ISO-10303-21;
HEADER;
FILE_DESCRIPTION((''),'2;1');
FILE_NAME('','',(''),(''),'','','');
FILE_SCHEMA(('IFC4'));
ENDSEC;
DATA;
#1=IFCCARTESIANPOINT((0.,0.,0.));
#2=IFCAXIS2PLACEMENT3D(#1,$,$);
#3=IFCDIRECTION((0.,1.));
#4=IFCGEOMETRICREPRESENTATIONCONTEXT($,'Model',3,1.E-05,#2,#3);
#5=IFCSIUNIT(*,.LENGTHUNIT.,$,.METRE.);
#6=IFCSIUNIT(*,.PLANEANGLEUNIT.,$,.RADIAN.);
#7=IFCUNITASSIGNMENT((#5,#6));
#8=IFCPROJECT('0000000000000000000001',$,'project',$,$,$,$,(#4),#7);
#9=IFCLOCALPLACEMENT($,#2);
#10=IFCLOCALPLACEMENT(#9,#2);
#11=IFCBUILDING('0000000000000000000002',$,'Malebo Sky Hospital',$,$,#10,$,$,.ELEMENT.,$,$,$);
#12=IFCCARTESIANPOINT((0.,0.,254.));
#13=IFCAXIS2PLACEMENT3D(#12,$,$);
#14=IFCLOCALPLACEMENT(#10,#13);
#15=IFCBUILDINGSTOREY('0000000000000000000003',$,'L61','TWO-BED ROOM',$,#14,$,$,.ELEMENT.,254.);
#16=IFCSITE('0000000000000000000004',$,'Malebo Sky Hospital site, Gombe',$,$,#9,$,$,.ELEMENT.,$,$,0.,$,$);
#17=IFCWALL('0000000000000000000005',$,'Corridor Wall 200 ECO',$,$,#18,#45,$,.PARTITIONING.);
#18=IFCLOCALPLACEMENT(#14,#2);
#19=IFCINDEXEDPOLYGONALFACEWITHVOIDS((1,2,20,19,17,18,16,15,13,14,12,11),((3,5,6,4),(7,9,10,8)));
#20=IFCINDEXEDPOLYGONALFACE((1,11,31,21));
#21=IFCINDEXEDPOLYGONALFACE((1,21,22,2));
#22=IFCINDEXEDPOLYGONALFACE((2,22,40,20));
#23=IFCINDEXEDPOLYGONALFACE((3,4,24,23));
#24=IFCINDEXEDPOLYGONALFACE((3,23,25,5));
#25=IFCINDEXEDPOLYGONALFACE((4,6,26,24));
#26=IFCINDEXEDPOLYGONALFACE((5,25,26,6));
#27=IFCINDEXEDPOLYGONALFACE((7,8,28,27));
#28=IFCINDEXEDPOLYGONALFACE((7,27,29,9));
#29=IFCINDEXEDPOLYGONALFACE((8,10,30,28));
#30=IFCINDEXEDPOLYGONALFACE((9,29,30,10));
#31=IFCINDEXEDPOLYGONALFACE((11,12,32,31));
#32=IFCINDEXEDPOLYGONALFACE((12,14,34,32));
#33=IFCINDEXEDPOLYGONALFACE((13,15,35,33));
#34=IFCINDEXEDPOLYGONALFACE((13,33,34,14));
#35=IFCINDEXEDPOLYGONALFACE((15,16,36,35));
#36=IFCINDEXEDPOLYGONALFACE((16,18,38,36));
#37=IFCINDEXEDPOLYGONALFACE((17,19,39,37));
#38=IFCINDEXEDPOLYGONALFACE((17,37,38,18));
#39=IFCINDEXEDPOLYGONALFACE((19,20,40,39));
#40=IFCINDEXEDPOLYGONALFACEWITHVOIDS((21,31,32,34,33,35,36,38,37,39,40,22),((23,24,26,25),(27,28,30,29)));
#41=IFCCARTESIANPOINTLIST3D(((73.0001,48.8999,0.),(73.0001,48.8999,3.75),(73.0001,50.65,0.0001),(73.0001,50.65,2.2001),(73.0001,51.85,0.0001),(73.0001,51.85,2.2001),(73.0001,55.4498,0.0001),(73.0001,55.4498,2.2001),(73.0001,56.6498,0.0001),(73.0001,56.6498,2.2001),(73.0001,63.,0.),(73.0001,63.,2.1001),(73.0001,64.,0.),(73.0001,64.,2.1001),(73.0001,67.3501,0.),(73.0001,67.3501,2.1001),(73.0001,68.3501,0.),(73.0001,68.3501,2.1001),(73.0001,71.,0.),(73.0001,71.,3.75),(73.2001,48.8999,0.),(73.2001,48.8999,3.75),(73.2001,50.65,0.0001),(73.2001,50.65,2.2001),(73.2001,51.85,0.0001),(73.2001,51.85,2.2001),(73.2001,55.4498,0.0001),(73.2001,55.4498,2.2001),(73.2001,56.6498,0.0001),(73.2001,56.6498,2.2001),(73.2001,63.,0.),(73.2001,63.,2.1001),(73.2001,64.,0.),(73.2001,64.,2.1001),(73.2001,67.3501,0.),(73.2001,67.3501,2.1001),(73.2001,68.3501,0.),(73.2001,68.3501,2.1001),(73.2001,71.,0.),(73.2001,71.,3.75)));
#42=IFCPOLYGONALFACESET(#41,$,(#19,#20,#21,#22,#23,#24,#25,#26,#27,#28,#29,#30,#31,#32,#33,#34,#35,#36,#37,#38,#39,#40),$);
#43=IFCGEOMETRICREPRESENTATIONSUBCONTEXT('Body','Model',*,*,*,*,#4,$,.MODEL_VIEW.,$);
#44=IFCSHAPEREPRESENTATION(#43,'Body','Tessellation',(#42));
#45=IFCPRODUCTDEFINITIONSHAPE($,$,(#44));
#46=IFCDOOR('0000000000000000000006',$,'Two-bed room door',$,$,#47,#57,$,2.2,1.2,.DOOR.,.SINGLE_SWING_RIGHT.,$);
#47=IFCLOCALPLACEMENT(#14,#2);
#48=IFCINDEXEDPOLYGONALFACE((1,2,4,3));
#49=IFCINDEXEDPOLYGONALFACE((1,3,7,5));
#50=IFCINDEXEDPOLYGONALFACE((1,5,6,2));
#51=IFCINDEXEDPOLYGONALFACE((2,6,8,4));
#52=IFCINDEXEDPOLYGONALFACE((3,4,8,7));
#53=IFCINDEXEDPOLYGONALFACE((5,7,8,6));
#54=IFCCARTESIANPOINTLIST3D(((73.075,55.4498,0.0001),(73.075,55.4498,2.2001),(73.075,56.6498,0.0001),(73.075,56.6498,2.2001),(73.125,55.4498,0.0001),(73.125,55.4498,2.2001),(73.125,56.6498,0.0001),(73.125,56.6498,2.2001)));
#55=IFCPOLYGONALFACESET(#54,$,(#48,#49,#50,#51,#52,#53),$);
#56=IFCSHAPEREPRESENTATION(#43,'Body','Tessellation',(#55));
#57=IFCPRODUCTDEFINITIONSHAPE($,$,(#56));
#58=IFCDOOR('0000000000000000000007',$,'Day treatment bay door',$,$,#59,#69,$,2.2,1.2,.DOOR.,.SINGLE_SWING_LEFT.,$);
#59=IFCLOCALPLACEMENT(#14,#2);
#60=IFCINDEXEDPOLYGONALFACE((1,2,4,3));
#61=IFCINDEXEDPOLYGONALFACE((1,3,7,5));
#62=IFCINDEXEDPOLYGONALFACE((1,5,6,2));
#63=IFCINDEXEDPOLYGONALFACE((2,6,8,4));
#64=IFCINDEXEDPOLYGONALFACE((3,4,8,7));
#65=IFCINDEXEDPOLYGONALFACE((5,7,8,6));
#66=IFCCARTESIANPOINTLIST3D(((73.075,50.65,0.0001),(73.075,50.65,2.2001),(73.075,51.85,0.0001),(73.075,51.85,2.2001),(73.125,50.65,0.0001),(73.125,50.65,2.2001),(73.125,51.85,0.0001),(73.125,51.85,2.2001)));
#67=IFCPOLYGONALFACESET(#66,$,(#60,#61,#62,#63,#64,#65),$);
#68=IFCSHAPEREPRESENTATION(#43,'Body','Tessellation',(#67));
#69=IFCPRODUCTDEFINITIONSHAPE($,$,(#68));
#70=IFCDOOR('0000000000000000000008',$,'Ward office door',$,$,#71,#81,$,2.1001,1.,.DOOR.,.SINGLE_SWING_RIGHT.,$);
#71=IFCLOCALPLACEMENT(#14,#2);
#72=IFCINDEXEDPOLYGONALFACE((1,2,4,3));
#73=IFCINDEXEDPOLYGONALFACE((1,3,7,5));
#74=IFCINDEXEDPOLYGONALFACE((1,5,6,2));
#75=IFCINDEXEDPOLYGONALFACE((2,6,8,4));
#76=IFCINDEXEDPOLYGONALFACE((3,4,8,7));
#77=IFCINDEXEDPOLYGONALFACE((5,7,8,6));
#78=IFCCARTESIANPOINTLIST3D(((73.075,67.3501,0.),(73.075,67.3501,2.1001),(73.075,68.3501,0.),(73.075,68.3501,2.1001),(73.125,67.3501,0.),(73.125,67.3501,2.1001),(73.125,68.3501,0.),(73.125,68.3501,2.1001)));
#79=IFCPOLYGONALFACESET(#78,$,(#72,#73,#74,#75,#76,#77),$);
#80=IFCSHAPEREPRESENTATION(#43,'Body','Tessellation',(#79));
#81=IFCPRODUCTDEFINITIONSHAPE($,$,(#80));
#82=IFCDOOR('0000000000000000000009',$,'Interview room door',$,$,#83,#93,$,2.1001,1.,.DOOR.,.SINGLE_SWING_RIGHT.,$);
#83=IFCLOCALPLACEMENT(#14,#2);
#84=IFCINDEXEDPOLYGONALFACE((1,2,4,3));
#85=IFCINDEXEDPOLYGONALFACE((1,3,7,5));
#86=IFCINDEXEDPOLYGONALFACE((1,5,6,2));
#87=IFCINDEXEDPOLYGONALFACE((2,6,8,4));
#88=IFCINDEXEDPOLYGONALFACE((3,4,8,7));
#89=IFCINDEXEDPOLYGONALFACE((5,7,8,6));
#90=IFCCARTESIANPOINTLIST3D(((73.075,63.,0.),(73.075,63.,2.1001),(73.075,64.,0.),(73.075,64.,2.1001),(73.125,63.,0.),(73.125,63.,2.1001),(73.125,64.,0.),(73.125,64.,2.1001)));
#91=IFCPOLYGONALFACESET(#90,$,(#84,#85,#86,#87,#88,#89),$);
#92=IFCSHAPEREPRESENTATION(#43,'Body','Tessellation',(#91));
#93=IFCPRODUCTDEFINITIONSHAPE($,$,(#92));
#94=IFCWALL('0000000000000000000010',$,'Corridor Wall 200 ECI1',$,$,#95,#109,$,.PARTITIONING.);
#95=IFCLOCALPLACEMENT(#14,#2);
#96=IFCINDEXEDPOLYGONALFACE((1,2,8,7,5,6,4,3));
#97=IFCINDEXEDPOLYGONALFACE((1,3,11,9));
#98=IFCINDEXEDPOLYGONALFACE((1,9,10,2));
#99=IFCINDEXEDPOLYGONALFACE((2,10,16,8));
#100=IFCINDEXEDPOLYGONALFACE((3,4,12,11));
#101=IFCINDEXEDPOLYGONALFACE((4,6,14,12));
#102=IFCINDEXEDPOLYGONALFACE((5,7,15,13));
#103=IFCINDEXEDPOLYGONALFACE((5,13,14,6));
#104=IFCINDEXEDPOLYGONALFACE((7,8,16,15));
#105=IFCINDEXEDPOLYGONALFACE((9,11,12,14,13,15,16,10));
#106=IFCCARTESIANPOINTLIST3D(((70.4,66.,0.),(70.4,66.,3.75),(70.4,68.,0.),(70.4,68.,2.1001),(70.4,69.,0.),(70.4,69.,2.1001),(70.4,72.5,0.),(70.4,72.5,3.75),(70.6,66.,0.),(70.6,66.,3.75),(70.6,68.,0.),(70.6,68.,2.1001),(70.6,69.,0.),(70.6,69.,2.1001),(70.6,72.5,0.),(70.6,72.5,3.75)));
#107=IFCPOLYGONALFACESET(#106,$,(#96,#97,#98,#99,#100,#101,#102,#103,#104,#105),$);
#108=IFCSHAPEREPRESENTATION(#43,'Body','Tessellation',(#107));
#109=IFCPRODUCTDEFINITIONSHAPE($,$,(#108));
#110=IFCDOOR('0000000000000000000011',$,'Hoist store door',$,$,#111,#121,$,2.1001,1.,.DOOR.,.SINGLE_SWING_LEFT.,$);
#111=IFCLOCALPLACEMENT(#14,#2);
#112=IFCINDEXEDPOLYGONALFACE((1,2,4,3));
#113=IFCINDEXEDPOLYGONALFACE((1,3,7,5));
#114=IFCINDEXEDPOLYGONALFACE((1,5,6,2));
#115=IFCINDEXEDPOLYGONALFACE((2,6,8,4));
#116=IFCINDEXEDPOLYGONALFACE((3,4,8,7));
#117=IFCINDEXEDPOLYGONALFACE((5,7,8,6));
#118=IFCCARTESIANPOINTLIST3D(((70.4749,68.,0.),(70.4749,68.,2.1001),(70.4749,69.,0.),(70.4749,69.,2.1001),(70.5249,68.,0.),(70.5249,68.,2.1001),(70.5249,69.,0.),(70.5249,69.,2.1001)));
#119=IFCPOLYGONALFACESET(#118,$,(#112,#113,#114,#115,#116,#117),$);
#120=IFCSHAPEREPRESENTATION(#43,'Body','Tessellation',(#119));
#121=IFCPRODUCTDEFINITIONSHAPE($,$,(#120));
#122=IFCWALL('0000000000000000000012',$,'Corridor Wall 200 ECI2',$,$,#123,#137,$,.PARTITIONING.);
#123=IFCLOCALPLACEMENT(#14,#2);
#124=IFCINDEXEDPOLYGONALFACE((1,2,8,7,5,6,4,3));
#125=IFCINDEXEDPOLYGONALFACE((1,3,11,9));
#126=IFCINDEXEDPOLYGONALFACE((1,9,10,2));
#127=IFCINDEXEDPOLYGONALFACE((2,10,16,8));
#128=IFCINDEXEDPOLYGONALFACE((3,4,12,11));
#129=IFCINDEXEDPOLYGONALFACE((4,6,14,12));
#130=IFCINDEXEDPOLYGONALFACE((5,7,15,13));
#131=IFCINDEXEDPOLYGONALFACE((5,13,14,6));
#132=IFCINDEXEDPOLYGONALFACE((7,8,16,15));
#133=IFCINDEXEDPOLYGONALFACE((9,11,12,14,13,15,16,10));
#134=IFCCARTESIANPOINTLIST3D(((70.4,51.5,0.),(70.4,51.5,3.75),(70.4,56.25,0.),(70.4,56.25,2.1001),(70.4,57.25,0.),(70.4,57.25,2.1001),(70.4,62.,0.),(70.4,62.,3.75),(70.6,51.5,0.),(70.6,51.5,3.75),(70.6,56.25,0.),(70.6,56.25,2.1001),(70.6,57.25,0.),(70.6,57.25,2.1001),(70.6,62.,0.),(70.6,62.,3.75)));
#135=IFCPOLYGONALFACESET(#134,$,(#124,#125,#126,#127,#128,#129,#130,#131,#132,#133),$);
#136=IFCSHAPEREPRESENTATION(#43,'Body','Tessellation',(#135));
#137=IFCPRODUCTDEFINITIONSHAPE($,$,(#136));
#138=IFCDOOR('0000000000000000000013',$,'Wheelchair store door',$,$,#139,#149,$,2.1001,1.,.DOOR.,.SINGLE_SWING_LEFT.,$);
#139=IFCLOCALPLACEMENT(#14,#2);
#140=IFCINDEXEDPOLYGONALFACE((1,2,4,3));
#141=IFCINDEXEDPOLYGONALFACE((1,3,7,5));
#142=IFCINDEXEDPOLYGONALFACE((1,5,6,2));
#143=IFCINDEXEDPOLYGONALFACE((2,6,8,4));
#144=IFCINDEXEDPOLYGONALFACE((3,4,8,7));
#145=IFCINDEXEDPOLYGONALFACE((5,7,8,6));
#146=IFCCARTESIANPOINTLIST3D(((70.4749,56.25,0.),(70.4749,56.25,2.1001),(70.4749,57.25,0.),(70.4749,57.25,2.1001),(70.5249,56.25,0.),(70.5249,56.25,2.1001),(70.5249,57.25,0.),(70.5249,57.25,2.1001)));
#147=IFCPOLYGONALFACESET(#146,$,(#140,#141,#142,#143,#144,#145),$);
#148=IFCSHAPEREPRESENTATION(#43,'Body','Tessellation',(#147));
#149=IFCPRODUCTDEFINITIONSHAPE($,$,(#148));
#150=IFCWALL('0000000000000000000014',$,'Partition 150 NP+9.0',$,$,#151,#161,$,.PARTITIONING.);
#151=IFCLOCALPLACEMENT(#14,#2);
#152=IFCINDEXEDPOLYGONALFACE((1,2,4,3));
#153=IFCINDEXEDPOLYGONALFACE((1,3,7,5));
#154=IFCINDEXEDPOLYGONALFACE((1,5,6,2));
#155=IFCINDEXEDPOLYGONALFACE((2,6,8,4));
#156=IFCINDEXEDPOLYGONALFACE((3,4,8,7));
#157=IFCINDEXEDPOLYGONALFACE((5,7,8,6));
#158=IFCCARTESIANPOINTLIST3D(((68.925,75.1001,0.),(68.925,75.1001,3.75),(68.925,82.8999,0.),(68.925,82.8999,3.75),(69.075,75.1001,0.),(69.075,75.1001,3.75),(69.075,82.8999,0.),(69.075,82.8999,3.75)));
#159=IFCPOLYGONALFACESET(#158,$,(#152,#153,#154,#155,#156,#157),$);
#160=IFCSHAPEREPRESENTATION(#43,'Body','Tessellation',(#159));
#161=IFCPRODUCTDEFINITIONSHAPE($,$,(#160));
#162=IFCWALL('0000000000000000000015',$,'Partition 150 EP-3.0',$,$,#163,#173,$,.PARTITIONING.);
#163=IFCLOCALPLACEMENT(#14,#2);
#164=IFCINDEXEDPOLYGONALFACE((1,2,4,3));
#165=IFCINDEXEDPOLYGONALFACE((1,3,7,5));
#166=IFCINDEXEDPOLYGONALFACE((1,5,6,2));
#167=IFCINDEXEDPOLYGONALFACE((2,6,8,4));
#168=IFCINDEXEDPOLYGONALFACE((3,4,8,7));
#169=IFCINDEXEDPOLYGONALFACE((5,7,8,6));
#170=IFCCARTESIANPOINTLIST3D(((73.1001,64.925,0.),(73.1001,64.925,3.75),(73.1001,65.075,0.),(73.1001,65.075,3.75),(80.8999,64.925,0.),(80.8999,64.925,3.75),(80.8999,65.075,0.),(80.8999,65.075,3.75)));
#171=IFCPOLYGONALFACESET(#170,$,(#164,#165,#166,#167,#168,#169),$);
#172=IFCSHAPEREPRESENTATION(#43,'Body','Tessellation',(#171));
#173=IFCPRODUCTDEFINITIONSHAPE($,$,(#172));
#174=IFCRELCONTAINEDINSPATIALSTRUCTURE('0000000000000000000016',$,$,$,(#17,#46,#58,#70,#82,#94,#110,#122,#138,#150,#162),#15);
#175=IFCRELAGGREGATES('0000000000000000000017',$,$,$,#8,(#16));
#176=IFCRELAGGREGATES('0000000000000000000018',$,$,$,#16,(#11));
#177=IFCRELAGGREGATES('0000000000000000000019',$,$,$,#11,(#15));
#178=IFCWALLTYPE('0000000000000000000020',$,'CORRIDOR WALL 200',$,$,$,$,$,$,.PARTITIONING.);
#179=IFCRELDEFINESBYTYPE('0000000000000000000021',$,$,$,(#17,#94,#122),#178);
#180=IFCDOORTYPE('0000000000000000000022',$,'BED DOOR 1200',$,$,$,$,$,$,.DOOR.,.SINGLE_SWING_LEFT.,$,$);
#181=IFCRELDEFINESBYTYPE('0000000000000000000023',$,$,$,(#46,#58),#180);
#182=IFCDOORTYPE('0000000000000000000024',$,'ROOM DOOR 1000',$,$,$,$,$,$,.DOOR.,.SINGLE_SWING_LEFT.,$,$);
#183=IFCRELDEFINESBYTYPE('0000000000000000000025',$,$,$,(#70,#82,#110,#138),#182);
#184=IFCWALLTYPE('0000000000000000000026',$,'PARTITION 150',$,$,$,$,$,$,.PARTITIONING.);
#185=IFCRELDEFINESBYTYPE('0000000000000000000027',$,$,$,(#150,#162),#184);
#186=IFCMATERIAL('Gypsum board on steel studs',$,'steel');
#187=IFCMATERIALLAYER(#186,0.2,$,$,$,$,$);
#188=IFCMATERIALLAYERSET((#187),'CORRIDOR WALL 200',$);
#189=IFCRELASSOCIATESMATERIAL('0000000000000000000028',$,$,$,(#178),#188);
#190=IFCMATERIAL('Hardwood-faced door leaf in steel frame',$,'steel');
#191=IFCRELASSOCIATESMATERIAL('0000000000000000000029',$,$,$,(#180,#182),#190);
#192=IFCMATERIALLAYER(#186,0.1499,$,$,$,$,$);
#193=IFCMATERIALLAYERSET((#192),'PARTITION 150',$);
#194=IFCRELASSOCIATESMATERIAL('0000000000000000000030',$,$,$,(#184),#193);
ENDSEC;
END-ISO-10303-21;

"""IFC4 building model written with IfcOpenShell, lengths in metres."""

from ifc_helpers import new_model, si_unit, direction, frame, frame_2d, origin, place, context, subcontext, project, spatial, rectangle, extrude, material, layer, layer_set, type_object, element, fill, save


model = new_model("IFC4")

# Units and contexts
model_context = context("Model", 3, precision=1e-05, world=origin(), true_north=direction((0.0, 1.0)))
body_context = subcontext(model_context, "Body", "Model", "MODEL_VIEW")
ifc_project = project(units=[si_unit("LENGTHUNIT", "METRE"), si_unit("PLANEANGLEUNIT", "RADIAN")], contexts=[model_context])

# Site, building, storey
site_placement = place(None, origin())
site = spatial("IfcSite", under=ifc_project, at=site_placement, Name="Malebo Sky Hospital site, Gombe", CompositionType="ELEMENT", RefElevation=0.0)
building_placement = place(site_placement, origin())
building = spatial("IfcBuilding", under=site, at=building_placement, Name="Malebo Sky Hospital", CompositionType="ELEMENT")
storey_placement = place(building_placement, frame((0.0, 0.0, 254.0)))
storey = spatial("IfcBuildingStorey", under=building, at=storey_placement, Name="L61", Description="TWO-BED ROOM", CompositionType="ELEMENT", Elevation=254.0)

# Wall, openings, doors
ifc_material_1 = material(Name="Gypsum board on steel studs", Category="steel")
ifc_layer_1 = layer(ifc_material_1, 0.2)
ifc_layer_set_1 = layer_set([ifc_layer_1], Name="CORRIDOR WALL 200")
wall_type_1 = type_object("IfcWallType", Name="CORRIDOR WALL 200", PredefinedType="PARTITIONING", material=ifc_layer_set_1)
wall_1_placement = place(storey_placement, frame((73.1001, 71.0, 0.0), z_axis=(0.0, 0.0, 1.0), x_axis=(0.0, -1.0, 0.0)))
wall_1 = element("IfcWall", 1, at=wall_1_placement, inside=storey, type_object=wall_type_1, Name="Corridor Wall 200 ECO", PredefinedType="PARTITIONING", context=body_context, shape_type="SweptSolid", body=[
    extrude(rectangle(XDim=22.1001, YDim=0.2, at=frame_2d((11.05, 0.0))), origin(), (0.0, 0.0, 1.0), 3.75),
])
opening_1_placement = place(wall_1_placement, frame((2.6499, 0.0, 0.0)))
opening_1 = element("IfcOpeningElement", 2, at=opening_1_placement, cuts=wall_1, PredefinedType="OPENING", context=body_context, shape_type="SweptSolid", body=[
    extrude(rectangle(XDim=1.0, YDim=2.1001, at=frame_2d((0.5, 1.05))), frame((0.0, 0.1099, 0.0), z_axis=(0.0, -1.0, 0.0), x_axis=(1.0, 0.0, 0.0)), (0.0, 0.0, 1.0), 0.22),
])
opening_2_placement = place(wall_1_placement, frame((7.0, 0.0, 0.0)))
opening_2 = element("IfcOpeningElement", 3, at=opening_2_placement, cuts=wall_1, PredefinedType="OPENING", context=body_context, shape_type="SweptSolid", body=[
    extrude(rectangle(XDim=1.0, YDim=2.1001, at=frame_2d((0.5, 1.05))), frame((0.0, 0.1099, 0.0), z_axis=(0.0, -1.0, 0.0), x_axis=(1.0, 0.0, 0.0)), (0.0, 0.0, 1.0), 0.22),
])
opening_3_placement = place(wall_1_placement, frame((14.3501, 0.0, 0.0)))
opening_3 = element("IfcOpeningElement", 4, at=opening_3_placement, cuts=wall_1, PredefinedType="OPENING", context=body_context, shape_type="SweptSolid", body=[
    extrude(rectangle(XDim=1.2, YDim=2.2, at=frame_2d((0.6001, 1.1001))), frame((0.0, 0.1099, 0.0), z_axis=(0.0, -1.0, 0.0), x_axis=(1.0, 0.0, 0.0)), (0.0, 0.0, 1.0), 0.22),
])
opening_4_placement = place(wall_1_placement, frame((19.1499, 0.0, 0.0)))
opening_4 = element("IfcOpeningElement", 5, at=opening_4_placement, cuts=wall_1, PredefinedType="OPENING", context=body_context, shape_type="SweptSolid", body=[
    extrude(rectangle(XDim=1.2, YDim=2.2, at=frame_2d((0.6001, 1.1001))), frame((0.0, 0.1099, 0.0), z_axis=(0.0, -1.0, 0.0), x_axis=(1.0, 0.0, 0.0)), (0.0, 0.0, 1.0), 0.22),
])
ifc_material_2 = material(Name="Hardwood-faced door leaf in steel frame", Category="steel")
door_type_1 = type_object("IfcDoorType", Name="BED DOOR 1200", OperationType="SINGLE_SWING_LEFT", PredefinedType="DOOR", material=ifc_material_2)
door_1_placement = place(opening_3_placement, origin())
door_1 = element("IfcDoor", 6, at=door_1_placement, inside=storey, type_object=door_type_1, Name="Two-bed room door", OperationType="SINGLE_SWING_RIGHT", OverallHeight=2.2, OverallWidth=1.2, PredefinedType="DOOR", context=body_context, shape_type="SweptSolid", body=[
    extrude(rectangle(XDim=1.2, YDim=2.2, at=frame_2d((0.6001, 1.1001))), frame((0.0, 0.0249, 0.0), z_axis=(0.0, -1.0, 0.0), x_axis=(1.0, 0.0, 0.0)), (0.0, 0.0, 1.0), 0.05),
])
fill(opening_3, door_1)
door_2_placement = place(opening_4_placement, origin())
door_2 = element("IfcDoor", 7, at=door_2_placement, inside=storey, type_object=door_type_1, Name="Day treatment bay door", OperationType="SINGLE_SWING_LEFT", OverallHeight=2.2, OverallWidth=1.2, PredefinedType="DOOR", context=body_context, shape_type="SweptSolid", body=[
    extrude(rectangle(XDim=1.2, YDim=2.2, at=frame_2d((0.6001, 1.1001))), frame((0.0, 0.0249, 0.0), z_axis=(0.0, -1.0, 0.0), x_axis=(1.0, 0.0, 0.0)), (0.0, 0.0, 1.0), 0.05),
])
fill(opening_4, door_2)
door_type_2 = type_object("IfcDoorType", Name="ROOM DOOR 1000", OperationType="SINGLE_SWING_LEFT", PredefinedType="DOOR", material=ifc_material_2)
door_3_placement = place(opening_1_placement, origin())
door_3 = element("IfcDoor", 8, at=door_3_placement, inside=storey, type_object=door_type_2, Name="Ward office door", OperationType="SINGLE_SWING_RIGHT", OverallHeight=2.1001, OverallWidth=1.0, PredefinedType="DOOR", context=body_context, shape_type="SweptSolid", body=[
    extrude(rectangle(XDim=1.0, YDim=2.1001, at=frame_2d((0.5, 1.05))), frame((0.0, 0.0249, 0.0), z_axis=(0.0, -1.0, 0.0), x_axis=(1.0, 0.0, 0.0)), (0.0, 0.0, 1.0), 0.05),
])
fill(opening_1, door_3)
door_4_placement = place(opening_2_placement, origin())
door_4 = element("IfcDoor", 9, at=door_4_placement, inside=storey, type_object=door_type_2, Name="Interview room door", OperationType="SINGLE_SWING_RIGHT", OverallHeight=2.1001, OverallWidth=1.0, PredefinedType="DOOR", context=body_context, shape_type="SweptSolid", body=[
    extrude(rectangle(XDim=1.0, YDim=2.1001, at=frame_2d((0.5, 1.05))), frame((0.0, 0.0249, 0.0), z_axis=(0.0, -1.0, 0.0), x_axis=(1.0, 0.0, 0.0)), (0.0, 0.0, 1.0), 0.05),
])
fill(opening_2, door_4)

# Walls, openings, doors
wall_2_placement = place(storey_placement, frame((70.5, 72.5, 0.0), z_axis=(0.0, 0.0, 1.0), x_axis=(0.0, -1.0, 0.0)))
wall_2 = element("IfcWall", 10, at=wall_2_placement, inside=storey, type_object=wall_type_1, Name="Corridor Wall 200 ECI1", PredefinedType="PARTITIONING", context=body_context, shape_type="SweptSolid", body=[
    extrude(rectangle(XDim=6.5, YDim=0.2, at=frame_2d((3.25, 0.0))), origin(), (0.0, 0.0, 1.0), 3.75),
])
opening_5_placement = place(wall_2_placement, frame((3.5, 0.0, 0.0)))
opening_5 = element("IfcOpeningElement", 11, at=opening_5_placement, cuts=wall_2, PredefinedType="OPENING", context=body_context, shape_type="SweptSolid", body=[
    extrude(rectangle(XDim=1.0, YDim=2.1001, at=frame_2d((0.5, 1.05))), frame((0.0, 0.1099, 0.0), z_axis=(0.0, -1.0, 0.0), x_axis=(1.0, 0.0, 0.0)), (0.0, 0.0, 1.0), 0.22),
])
door_5_placement = place(opening_5_placement, origin())
door_5 = element("IfcDoor", 12, at=door_5_placement, inside=storey, type_object=door_type_2, Name="Hoist store door", OperationType="SINGLE_SWING_LEFT", OverallHeight=2.1001, OverallWidth=1.0, PredefinedType="DOOR", context=body_context, shape_type="SweptSolid", body=[
    extrude(rectangle(XDim=1.0, YDim=2.1001, at=frame_2d((0.5, 1.05))), frame((0.0, 0.0249, 0.0), z_axis=(0.0, -1.0, 0.0), x_axis=(1.0, 0.0, 0.0)), (0.0, 0.0, 1.0), 0.05),
])
fill(opening_5, door_5)
wall_3_placement = place(storey_placement, frame((70.5, 62.0, 0.0), z_axis=(0.0, 0.0, 1.0), x_axis=(0.0, -1.0, 0.0)))
wall_3 = element("IfcWall", 13, at=wall_3_placement, inside=storey, type_object=wall_type_1, Name="Corridor Wall 200 ECI2", PredefinedType="PARTITIONING", context=body_context, shape_type="SweptSolid", body=[
    extrude(rectangle(XDim=10.5, YDim=0.2, at=frame_2d((5.25, 0.0))), origin(), (0.0, 0.0, 1.0), 3.75),
])
opening_6_placement = place(wall_3_placement, frame((4.75, 0.0, 0.0)))
opening_6 = element("IfcOpeningElement", 14, at=opening_6_placement, cuts=wall_3, PredefinedType="OPENING", context=body_context, shape_type="SweptSolid", body=[
    extrude(rectangle(XDim=1.0, YDim=2.1001, at=frame_2d((0.5, 1.05))), frame((0.0, 0.1099, 0.0), z_axis=(0.0, -1.0, 0.0), x_axis=(1.0, 0.0, 0.0)), (0.0, 0.0, 1.0), 0.22),
])
door_6_placement = place(opening_6_placement, origin())
door_6 = element("IfcDoor", 15, at=door_6_placement, inside=storey, type_object=door_type_2, Name="Wheelchair store door", OperationType="SINGLE_SWING_LEFT", OverallHeight=2.1001, OverallWidth=1.0, PredefinedType="DOOR", context=body_context, shape_type="SweptSolid", body=[
    extrude(rectangle(XDim=1.0, YDim=2.1001, at=frame_2d((0.5, 1.05))), frame((0.0, 0.0249, 0.0), z_axis=(0.0, -1.0, 0.0), x_axis=(1.0, 0.0, 0.0)), (0.0, 0.0, 1.0), 0.05),
])
fill(opening_6, door_6)

# Walls
ifc_layer_2 = layer(ifc_material_1, 0.1499)
ifc_layer_set_2 = layer_set([ifc_layer_2], Name="PARTITION 150")
wall_type_2 = type_object("IfcWallType", Name="PARTITION 150", PredefinedType="PARTITIONING", material=ifc_layer_set_2)
for number, where, z_axis, x_axis, name in (
    (16, (69.0, 75.1001, 0.0), (0.0, 0.0, 1.0), (0.0, 1.0, 0.0), "Partition 150 NP+9.0"),
    (17, (73.1001, 65.0, 0.0), (0.0, 0.0, 1.0), (1.0, 0.0, 0.0), "Partition 150 EP-3.0"),
):
    element("IfcWall", number, at=place(storey_placement, frame(where, z_axis=z_axis, x_axis=x_axis)), inside=storey, type_object=wall_type_2, Name=name, PredefinedType="PARTITIONING", context=body_context, shape_type="SweptSolid", body=[
        extrude(rectangle(XDim=7.7998, YDim=0.1499, at=frame_2d((3.8999, 0.0))), origin(), (0.0, 0.0, 1.0), 3.75),
    ])

save(model, "model.ifc")
